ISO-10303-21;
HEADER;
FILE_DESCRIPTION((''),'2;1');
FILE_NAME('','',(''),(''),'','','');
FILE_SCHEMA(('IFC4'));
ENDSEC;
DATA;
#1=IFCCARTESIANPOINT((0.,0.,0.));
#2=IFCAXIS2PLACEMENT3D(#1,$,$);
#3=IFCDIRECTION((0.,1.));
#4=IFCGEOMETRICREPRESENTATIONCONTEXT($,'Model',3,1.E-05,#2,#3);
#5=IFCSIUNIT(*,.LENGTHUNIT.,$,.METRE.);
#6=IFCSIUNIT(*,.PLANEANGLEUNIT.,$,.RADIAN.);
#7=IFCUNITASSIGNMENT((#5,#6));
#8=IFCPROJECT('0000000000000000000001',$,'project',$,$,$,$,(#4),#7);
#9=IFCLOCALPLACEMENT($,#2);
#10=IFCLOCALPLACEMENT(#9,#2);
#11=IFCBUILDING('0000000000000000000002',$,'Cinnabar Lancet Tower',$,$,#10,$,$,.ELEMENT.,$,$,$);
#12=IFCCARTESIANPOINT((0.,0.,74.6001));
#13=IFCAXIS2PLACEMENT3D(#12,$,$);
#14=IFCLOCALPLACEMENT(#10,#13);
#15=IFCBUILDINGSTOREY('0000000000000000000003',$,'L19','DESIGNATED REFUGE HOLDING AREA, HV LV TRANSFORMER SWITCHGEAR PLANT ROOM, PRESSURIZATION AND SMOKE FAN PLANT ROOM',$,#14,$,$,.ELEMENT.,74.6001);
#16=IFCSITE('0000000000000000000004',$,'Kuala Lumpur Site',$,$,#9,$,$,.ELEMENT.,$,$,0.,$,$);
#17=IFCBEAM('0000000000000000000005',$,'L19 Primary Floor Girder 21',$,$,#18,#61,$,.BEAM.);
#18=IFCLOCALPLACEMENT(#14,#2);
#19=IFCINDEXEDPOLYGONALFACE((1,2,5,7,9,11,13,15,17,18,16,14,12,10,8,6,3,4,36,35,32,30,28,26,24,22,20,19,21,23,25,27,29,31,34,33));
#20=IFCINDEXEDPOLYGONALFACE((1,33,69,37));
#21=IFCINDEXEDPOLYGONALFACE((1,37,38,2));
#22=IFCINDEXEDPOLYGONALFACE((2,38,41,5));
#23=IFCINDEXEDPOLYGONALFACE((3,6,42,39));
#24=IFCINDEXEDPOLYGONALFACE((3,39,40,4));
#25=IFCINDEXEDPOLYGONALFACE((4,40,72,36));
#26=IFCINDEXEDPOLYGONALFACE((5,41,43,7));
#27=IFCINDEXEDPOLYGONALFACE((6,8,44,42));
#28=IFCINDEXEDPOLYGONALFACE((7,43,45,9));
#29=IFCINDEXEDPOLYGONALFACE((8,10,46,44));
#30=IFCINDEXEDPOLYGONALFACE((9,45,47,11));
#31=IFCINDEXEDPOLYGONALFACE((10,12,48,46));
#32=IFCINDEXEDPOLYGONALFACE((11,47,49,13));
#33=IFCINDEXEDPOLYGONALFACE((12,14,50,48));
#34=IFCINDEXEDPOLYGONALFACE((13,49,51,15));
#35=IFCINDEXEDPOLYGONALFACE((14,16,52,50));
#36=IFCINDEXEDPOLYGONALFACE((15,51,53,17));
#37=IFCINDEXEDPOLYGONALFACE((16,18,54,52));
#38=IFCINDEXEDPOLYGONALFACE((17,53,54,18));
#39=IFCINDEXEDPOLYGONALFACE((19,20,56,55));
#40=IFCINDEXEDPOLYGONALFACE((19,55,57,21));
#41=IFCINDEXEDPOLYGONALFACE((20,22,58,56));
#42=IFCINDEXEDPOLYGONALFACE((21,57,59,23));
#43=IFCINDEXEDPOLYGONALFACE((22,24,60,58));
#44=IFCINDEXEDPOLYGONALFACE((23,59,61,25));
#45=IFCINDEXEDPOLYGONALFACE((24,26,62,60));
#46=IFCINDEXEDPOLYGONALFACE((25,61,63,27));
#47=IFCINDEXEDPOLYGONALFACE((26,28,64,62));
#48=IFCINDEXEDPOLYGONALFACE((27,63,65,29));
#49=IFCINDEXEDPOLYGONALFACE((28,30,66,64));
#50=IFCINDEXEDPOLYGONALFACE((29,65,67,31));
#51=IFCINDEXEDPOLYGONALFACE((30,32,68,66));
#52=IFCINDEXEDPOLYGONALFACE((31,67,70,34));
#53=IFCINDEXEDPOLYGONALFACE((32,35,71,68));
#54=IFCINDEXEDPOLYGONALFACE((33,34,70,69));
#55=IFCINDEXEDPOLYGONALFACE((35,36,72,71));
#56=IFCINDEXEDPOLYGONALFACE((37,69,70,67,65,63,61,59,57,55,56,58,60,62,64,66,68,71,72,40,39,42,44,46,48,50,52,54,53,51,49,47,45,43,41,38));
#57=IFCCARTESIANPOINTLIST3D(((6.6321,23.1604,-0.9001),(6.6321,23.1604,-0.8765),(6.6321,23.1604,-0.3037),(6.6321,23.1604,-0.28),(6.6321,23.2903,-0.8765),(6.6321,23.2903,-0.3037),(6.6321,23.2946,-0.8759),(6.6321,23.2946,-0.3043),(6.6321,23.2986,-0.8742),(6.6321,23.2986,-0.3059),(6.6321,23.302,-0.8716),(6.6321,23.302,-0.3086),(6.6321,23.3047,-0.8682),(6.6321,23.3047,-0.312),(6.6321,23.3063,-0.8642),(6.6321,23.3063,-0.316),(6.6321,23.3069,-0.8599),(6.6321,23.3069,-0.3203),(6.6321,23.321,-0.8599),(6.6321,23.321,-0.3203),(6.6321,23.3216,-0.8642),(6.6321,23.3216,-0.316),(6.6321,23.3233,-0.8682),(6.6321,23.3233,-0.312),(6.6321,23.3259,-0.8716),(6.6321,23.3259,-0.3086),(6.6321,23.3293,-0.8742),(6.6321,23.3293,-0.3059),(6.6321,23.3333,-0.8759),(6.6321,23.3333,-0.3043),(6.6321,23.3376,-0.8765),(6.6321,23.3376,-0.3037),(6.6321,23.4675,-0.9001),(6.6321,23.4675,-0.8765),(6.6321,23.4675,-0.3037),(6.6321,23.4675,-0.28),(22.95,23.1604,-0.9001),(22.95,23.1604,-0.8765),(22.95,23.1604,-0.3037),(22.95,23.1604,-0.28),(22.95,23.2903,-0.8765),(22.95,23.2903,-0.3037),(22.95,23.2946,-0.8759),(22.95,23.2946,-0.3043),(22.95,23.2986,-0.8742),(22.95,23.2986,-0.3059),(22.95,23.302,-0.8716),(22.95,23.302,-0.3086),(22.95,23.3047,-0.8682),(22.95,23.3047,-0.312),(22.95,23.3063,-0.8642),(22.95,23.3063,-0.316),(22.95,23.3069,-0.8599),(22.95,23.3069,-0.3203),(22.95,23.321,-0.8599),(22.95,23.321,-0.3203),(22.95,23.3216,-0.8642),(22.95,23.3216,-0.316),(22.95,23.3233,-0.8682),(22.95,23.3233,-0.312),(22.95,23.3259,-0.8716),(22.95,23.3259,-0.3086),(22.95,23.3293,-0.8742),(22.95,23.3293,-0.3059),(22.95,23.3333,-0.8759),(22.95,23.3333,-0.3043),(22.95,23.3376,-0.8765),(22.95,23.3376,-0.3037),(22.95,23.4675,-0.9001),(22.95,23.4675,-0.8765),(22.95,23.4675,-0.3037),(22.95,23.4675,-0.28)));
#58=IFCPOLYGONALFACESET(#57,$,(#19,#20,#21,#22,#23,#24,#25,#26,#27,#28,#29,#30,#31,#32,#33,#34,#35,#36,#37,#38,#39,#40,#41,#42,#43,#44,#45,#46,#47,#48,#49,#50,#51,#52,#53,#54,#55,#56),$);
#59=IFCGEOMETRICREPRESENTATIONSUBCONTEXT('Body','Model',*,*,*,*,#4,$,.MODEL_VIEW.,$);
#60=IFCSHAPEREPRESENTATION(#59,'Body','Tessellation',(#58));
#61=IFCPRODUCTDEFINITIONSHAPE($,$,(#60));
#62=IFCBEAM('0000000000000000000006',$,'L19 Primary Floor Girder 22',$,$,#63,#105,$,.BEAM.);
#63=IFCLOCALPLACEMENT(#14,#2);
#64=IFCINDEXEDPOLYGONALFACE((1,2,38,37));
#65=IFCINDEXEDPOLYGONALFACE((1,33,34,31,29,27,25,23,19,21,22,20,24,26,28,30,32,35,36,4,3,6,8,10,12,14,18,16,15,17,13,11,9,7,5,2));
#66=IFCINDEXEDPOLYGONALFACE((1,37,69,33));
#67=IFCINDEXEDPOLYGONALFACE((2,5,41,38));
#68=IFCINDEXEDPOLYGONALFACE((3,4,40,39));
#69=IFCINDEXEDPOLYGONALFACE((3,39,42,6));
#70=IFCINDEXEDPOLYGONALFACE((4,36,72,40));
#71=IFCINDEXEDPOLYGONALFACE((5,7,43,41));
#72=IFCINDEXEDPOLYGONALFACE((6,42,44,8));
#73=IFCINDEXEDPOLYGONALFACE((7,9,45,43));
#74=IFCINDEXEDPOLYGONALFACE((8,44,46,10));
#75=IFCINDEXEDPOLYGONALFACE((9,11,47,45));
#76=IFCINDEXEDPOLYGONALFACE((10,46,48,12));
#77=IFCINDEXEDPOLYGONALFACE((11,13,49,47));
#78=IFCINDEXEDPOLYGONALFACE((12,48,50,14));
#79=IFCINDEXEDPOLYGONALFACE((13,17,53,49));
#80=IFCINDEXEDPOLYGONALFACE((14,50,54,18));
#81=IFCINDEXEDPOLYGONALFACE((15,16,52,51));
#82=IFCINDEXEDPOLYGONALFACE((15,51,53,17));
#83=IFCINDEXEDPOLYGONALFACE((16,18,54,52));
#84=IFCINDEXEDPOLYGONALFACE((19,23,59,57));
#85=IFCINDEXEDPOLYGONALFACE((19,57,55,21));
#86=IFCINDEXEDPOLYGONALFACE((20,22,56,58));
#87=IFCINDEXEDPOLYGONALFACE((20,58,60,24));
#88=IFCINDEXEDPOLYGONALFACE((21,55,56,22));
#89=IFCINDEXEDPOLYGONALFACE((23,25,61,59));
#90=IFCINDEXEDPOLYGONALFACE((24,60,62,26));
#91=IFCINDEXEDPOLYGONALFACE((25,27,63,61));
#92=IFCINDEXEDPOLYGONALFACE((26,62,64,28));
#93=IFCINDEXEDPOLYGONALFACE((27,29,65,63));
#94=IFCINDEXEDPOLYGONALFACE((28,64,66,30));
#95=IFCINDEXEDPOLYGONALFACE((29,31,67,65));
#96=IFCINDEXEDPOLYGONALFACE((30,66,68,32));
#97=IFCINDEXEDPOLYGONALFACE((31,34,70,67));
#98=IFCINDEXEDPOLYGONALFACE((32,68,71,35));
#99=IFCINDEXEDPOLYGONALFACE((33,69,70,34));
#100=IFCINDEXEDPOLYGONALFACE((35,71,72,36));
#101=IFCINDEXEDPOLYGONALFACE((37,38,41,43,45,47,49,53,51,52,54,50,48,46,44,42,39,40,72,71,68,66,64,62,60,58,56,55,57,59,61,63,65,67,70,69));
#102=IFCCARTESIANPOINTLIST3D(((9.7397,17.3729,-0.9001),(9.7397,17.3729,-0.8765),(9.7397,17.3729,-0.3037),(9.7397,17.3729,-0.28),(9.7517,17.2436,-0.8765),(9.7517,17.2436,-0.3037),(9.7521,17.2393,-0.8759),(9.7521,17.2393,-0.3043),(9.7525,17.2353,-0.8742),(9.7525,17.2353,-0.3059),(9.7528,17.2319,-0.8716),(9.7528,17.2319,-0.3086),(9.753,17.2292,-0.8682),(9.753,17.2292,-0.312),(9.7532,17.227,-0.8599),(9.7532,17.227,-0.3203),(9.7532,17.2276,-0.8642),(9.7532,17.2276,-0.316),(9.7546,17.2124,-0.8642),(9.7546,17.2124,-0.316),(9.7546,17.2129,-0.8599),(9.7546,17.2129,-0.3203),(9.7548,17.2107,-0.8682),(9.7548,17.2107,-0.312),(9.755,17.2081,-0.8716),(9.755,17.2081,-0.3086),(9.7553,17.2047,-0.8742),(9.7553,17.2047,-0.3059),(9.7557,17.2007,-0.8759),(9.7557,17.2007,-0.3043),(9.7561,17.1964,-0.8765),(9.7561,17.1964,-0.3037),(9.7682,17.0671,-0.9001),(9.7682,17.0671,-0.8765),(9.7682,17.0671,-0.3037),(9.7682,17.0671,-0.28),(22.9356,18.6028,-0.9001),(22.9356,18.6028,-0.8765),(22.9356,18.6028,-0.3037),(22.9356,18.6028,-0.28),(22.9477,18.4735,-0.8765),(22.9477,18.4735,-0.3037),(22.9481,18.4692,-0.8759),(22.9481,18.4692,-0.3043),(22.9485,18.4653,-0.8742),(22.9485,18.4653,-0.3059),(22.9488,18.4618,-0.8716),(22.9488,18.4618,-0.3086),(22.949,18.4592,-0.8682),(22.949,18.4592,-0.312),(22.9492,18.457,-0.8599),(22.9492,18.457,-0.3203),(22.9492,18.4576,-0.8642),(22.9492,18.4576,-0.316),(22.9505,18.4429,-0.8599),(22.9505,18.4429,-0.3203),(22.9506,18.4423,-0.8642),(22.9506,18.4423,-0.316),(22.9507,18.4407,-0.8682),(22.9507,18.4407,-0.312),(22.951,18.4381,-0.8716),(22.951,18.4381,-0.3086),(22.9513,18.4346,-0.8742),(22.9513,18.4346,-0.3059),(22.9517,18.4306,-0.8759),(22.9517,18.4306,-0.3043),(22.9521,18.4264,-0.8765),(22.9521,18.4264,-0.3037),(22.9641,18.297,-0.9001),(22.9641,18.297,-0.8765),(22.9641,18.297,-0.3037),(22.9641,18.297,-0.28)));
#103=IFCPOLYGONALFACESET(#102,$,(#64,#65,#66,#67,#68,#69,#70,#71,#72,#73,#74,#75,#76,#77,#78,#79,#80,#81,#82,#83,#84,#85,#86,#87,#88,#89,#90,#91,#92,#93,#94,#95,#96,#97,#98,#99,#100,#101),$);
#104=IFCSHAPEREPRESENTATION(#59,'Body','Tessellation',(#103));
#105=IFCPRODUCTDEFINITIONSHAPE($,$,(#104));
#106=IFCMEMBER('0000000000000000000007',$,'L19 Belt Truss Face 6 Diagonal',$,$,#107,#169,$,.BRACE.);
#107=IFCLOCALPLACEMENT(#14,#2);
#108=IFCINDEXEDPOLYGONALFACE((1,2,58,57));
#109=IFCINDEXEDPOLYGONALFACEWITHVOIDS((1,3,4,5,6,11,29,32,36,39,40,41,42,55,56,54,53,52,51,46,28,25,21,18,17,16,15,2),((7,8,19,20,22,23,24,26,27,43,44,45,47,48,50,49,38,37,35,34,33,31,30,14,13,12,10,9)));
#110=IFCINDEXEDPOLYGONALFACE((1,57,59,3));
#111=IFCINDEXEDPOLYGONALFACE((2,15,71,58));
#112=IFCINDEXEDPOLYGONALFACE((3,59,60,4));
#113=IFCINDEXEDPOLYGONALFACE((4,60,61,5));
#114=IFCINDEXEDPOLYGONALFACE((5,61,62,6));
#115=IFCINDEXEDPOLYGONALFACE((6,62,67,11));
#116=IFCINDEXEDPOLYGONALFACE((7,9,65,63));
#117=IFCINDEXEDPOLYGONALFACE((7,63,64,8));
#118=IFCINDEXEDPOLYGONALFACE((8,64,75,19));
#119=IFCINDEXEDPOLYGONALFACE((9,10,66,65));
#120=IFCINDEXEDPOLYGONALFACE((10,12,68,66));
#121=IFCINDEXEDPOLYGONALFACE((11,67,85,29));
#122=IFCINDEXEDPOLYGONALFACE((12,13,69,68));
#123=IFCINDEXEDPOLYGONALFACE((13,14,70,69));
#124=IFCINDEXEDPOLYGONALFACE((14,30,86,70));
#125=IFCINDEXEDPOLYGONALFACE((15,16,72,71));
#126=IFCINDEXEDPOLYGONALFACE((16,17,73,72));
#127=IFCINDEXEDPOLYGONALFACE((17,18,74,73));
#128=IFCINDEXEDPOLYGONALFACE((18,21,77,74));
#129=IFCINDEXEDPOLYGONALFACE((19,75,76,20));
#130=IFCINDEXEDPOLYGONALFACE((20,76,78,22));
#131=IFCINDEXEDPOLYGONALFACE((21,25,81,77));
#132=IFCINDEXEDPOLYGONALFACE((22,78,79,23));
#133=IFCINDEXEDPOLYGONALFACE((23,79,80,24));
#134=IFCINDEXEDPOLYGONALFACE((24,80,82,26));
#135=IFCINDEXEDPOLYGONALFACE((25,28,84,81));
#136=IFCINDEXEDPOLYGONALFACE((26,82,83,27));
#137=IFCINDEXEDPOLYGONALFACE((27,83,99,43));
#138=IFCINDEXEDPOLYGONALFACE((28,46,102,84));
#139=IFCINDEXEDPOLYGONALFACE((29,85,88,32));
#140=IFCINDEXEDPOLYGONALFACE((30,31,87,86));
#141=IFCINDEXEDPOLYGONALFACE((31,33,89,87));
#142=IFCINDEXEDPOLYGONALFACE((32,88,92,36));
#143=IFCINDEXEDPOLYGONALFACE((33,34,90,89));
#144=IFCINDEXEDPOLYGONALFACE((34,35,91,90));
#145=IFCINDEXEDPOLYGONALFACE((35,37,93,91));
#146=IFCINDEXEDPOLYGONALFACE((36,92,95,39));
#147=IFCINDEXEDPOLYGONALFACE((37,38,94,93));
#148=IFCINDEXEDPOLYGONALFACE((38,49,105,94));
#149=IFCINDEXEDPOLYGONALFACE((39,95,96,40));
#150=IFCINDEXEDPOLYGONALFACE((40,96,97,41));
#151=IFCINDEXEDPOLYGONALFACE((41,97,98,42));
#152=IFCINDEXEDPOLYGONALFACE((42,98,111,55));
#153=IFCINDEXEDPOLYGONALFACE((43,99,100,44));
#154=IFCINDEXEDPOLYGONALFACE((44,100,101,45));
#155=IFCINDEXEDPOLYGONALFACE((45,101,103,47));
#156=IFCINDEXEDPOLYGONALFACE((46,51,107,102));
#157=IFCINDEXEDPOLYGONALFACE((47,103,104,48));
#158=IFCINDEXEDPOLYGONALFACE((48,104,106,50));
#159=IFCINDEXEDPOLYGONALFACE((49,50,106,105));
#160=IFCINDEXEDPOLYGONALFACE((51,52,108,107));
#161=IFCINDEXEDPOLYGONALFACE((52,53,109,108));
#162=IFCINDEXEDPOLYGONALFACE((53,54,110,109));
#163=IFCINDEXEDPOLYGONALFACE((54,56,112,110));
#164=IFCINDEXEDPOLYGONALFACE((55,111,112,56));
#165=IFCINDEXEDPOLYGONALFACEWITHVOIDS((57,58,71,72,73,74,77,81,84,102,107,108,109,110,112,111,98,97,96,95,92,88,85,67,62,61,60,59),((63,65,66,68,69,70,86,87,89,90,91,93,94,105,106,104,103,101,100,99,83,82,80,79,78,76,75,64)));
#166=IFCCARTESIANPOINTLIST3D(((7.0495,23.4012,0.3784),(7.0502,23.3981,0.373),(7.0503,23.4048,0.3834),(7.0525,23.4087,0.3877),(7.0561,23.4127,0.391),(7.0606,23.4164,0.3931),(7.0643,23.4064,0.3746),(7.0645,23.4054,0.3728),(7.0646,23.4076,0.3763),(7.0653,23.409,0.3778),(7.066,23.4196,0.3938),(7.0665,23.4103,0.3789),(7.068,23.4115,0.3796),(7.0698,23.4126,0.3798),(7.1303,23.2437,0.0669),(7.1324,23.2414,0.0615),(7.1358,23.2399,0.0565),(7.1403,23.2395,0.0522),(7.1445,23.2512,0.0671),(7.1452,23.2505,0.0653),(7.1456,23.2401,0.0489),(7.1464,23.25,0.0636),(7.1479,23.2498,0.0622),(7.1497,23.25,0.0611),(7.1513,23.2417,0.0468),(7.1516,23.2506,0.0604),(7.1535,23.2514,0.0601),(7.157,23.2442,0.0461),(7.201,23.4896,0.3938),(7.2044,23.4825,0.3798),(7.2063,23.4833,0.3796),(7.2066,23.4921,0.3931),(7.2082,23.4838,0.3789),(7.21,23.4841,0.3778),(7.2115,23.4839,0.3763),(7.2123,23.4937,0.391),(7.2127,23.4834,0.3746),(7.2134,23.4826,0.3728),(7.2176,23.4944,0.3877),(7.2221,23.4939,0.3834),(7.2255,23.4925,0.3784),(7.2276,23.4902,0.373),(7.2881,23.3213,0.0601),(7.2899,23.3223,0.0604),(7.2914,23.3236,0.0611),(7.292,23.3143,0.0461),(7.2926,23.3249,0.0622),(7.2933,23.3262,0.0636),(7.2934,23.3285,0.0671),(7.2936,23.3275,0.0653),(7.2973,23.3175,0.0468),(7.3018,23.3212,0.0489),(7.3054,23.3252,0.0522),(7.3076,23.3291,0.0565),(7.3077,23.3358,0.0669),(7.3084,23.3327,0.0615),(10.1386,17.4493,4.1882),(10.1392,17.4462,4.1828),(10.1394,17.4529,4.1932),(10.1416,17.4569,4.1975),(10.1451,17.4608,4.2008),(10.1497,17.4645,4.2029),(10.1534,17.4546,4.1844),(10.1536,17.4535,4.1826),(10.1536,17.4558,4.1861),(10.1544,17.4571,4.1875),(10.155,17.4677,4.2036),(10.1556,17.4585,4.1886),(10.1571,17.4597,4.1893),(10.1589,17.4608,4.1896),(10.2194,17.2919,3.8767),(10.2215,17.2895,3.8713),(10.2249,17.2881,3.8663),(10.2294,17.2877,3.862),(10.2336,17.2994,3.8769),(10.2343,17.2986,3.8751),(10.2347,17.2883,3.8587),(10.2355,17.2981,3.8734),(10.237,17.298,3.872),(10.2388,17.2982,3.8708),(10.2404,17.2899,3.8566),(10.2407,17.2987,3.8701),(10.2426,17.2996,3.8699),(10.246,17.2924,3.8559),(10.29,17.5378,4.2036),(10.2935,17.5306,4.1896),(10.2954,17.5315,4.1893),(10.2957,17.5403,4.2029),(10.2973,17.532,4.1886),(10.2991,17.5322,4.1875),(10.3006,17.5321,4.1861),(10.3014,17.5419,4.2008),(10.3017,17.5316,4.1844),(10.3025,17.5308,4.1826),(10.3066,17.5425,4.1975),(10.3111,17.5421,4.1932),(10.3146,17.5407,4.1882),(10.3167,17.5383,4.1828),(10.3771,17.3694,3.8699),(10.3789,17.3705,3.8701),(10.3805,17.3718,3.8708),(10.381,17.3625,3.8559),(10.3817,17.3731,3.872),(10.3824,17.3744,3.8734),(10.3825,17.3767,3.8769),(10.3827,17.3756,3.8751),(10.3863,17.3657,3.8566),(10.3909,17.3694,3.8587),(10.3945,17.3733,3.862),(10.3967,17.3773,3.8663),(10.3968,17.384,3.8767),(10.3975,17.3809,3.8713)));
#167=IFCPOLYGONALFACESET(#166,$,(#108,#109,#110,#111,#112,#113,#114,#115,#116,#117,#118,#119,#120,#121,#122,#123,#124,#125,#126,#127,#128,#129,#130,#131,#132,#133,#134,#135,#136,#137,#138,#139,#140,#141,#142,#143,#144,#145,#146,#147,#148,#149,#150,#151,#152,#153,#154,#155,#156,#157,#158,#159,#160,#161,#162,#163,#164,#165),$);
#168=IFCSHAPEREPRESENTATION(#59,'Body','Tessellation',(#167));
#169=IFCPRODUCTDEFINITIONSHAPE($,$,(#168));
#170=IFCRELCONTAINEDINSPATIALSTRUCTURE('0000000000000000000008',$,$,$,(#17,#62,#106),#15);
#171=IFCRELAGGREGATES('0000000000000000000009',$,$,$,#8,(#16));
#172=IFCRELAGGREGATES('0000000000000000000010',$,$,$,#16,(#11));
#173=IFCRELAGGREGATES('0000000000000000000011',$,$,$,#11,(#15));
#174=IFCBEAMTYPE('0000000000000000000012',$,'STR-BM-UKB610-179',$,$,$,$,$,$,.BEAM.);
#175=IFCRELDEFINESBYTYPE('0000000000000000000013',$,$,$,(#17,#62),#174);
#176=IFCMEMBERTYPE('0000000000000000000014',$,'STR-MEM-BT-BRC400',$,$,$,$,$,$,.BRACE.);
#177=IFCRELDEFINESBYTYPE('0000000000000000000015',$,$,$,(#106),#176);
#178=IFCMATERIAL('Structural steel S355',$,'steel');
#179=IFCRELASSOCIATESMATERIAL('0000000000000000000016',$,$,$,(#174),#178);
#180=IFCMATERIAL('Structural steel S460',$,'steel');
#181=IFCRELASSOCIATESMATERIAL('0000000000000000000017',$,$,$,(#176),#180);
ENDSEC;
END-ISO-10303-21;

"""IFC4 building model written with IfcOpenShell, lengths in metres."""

from ifc_helpers import new_model, si_unit, direction, frame, origin, origin_2d, place, context, subcontext, project, spatial, hollow_rectangle, i_section, extrude, material, material_profile, profile_set, type_object, element, save


model = new_model("IFC4")

# Units and contexts
model_context = context("Model", 3, precision=1e-05, world=origin(), true_north=direction((0.0, 1.0)))
body_context = subcontext(model_context, "Body", "Model", "MODEL_VIEW")
ifc_project = project(units=[si_unit("LENGTHUNIT", "METRE"), si_unit("PLANEANGLEUNIT", "RADIAN")], contexts=[model_context])

# Site, building, storey
site_placement = place(None, origin())
site = spatial("IfcSite", under=ifc_project, at=site_placement, Name="Kuala Lumpur Site", CompositionType="ELEMENT", RefElevation=0.0)
building_placement = place(site_placement, origin())
building = spatial("IfcBuilding", under=site, at=building_placement, Name="Cinnabar Lancet Tower", CompositionType="ELEMENT")
storey_placement = place(building_placement, frame((0.0, 0.0, 74.6001)))
storey = spatial("IfcBuildingStorey", under=building, at=storey_placement, Name="L19", Description="DESIGNATED REFUGE HOLDING AREA, HV LV TRANSFORMER SWITCHGEAR PLANT ROOM, PRESSURIZATION AND SMOKE FAN PLANT ROOM", CompositionType="ELEMENT", Elevation=74.6001)

# Beams
ifc_material_1 = material(Name="Structural steel S355", Category="steel")
ifc_material_profile_1 = material_profile(ifc_material_1, i_section(OverallWidth=0.3071, OverallDepth=0.6201, WebThickness=0.0142, FlangeThickness=0.0237, FilletRadius=0.0166, at=origin_2d()), Name="UKB 610x305x179")
ifc_profile_set_1 = profile_set([ifc_material_profile_1], Name="Structural steel S355")
beam_type_1 = type_object("IfcBeamType", Name="STR-BM-UKB610-179", PredefinedType="BEAM", material=ifc_profile_set_1)
beam_1_placement = place(storey_placement, frame((6.6321, 23.314, -0.5901), z_axis=(1.0, 0.0, 0.0), x_axis=(0.0, 1.0, 0.0)))
element("IfcBeam", 1, at=beam_1_placement, inside=storey, type_object=beam_type_1, Name="L19 Primary Floor Girder 21", PredefinedType="BEAM", context=body_context, shape_type="SweptSolid", body=[
    extrude(i_section(OverallWidth=0.3071, OverallDepth=0.6201, WebThickness=0.0142, FlangeThickness=0.0237, FilletRadius=0.0166, at=origin_2d()), origin(), (0.0, 0.0, 1.0), 16.3179),
])
beam_2_placement = place(storey_placement, frame((9.7539, 17.22, -0.5901), z_axis=(0.995684, 0.092806, 0.0), x_axis=(-0.092806, 0.995684, 0.0)))
element("IfcBeam", 2, at=beam_2_placement, inside=storey, type_object=beam_type_1, Name="L19 Primary Floor Girder 22", PredefinedType="BEAM", context=body_context, shape_type="SweptSolid", body=[
    extrude(i_section(OverallWidth=0.3071, OverallDepth=0.6201, WebThickness=0.0142, FlangeThickness=0.0237, FilletRadius=0.0166, at=origin_2d()), origin(), (0.0, 0.0, 1.0), 13.2532),
])

# Member
ifc_material_2 = material(Name="Structural steel S460", Category="steel")
ifc_material_profile_2 = material_profile(ifc_material_2, hollow_rectangle(XDim=0.2, YDim=0.3999, WallThickness=0.0161, InnerFilletRadius=0.0081, OuterFilletRadius=0.0239, at=origin_2d()), Name="RHS 400x200x16")
ifc_profile_set_2 = profile_set([ifc_material_profile_2], Name="Structural steel S460")
member_type_1 = type_object("IfcMemberType", Name="STR-MEM-BT-BRC400", PredefinedType="BRACE", material=ifc_profile_set_2)
member_placement = place(storey_placement, frame((7.179, 23.3669, 0.22), z_axis=(0.400534, -0.771723, 0.49398), x_axis=(0.887575, 0.460663, 0.0)))
element("IfcMember", 3, at=member_placement, inside=storey, type_object=member_type_1, Name="L19 Belt Truss Face 6 Diagonal", PredefinedType="BRACE", context=body_context, shape_type="SweptSolid", body=[
    extrude(hollow_rectangle(XDim=0.2, YDim=0.3999, WallThickness=0.0161, InnerFilletRadius=0.0081, OuterFilletRadius=0.0239, at=origin_2d()), origin(), (0.0, 0.0, 1.0), 7.7124),
])

save(model, "model.ifc")
